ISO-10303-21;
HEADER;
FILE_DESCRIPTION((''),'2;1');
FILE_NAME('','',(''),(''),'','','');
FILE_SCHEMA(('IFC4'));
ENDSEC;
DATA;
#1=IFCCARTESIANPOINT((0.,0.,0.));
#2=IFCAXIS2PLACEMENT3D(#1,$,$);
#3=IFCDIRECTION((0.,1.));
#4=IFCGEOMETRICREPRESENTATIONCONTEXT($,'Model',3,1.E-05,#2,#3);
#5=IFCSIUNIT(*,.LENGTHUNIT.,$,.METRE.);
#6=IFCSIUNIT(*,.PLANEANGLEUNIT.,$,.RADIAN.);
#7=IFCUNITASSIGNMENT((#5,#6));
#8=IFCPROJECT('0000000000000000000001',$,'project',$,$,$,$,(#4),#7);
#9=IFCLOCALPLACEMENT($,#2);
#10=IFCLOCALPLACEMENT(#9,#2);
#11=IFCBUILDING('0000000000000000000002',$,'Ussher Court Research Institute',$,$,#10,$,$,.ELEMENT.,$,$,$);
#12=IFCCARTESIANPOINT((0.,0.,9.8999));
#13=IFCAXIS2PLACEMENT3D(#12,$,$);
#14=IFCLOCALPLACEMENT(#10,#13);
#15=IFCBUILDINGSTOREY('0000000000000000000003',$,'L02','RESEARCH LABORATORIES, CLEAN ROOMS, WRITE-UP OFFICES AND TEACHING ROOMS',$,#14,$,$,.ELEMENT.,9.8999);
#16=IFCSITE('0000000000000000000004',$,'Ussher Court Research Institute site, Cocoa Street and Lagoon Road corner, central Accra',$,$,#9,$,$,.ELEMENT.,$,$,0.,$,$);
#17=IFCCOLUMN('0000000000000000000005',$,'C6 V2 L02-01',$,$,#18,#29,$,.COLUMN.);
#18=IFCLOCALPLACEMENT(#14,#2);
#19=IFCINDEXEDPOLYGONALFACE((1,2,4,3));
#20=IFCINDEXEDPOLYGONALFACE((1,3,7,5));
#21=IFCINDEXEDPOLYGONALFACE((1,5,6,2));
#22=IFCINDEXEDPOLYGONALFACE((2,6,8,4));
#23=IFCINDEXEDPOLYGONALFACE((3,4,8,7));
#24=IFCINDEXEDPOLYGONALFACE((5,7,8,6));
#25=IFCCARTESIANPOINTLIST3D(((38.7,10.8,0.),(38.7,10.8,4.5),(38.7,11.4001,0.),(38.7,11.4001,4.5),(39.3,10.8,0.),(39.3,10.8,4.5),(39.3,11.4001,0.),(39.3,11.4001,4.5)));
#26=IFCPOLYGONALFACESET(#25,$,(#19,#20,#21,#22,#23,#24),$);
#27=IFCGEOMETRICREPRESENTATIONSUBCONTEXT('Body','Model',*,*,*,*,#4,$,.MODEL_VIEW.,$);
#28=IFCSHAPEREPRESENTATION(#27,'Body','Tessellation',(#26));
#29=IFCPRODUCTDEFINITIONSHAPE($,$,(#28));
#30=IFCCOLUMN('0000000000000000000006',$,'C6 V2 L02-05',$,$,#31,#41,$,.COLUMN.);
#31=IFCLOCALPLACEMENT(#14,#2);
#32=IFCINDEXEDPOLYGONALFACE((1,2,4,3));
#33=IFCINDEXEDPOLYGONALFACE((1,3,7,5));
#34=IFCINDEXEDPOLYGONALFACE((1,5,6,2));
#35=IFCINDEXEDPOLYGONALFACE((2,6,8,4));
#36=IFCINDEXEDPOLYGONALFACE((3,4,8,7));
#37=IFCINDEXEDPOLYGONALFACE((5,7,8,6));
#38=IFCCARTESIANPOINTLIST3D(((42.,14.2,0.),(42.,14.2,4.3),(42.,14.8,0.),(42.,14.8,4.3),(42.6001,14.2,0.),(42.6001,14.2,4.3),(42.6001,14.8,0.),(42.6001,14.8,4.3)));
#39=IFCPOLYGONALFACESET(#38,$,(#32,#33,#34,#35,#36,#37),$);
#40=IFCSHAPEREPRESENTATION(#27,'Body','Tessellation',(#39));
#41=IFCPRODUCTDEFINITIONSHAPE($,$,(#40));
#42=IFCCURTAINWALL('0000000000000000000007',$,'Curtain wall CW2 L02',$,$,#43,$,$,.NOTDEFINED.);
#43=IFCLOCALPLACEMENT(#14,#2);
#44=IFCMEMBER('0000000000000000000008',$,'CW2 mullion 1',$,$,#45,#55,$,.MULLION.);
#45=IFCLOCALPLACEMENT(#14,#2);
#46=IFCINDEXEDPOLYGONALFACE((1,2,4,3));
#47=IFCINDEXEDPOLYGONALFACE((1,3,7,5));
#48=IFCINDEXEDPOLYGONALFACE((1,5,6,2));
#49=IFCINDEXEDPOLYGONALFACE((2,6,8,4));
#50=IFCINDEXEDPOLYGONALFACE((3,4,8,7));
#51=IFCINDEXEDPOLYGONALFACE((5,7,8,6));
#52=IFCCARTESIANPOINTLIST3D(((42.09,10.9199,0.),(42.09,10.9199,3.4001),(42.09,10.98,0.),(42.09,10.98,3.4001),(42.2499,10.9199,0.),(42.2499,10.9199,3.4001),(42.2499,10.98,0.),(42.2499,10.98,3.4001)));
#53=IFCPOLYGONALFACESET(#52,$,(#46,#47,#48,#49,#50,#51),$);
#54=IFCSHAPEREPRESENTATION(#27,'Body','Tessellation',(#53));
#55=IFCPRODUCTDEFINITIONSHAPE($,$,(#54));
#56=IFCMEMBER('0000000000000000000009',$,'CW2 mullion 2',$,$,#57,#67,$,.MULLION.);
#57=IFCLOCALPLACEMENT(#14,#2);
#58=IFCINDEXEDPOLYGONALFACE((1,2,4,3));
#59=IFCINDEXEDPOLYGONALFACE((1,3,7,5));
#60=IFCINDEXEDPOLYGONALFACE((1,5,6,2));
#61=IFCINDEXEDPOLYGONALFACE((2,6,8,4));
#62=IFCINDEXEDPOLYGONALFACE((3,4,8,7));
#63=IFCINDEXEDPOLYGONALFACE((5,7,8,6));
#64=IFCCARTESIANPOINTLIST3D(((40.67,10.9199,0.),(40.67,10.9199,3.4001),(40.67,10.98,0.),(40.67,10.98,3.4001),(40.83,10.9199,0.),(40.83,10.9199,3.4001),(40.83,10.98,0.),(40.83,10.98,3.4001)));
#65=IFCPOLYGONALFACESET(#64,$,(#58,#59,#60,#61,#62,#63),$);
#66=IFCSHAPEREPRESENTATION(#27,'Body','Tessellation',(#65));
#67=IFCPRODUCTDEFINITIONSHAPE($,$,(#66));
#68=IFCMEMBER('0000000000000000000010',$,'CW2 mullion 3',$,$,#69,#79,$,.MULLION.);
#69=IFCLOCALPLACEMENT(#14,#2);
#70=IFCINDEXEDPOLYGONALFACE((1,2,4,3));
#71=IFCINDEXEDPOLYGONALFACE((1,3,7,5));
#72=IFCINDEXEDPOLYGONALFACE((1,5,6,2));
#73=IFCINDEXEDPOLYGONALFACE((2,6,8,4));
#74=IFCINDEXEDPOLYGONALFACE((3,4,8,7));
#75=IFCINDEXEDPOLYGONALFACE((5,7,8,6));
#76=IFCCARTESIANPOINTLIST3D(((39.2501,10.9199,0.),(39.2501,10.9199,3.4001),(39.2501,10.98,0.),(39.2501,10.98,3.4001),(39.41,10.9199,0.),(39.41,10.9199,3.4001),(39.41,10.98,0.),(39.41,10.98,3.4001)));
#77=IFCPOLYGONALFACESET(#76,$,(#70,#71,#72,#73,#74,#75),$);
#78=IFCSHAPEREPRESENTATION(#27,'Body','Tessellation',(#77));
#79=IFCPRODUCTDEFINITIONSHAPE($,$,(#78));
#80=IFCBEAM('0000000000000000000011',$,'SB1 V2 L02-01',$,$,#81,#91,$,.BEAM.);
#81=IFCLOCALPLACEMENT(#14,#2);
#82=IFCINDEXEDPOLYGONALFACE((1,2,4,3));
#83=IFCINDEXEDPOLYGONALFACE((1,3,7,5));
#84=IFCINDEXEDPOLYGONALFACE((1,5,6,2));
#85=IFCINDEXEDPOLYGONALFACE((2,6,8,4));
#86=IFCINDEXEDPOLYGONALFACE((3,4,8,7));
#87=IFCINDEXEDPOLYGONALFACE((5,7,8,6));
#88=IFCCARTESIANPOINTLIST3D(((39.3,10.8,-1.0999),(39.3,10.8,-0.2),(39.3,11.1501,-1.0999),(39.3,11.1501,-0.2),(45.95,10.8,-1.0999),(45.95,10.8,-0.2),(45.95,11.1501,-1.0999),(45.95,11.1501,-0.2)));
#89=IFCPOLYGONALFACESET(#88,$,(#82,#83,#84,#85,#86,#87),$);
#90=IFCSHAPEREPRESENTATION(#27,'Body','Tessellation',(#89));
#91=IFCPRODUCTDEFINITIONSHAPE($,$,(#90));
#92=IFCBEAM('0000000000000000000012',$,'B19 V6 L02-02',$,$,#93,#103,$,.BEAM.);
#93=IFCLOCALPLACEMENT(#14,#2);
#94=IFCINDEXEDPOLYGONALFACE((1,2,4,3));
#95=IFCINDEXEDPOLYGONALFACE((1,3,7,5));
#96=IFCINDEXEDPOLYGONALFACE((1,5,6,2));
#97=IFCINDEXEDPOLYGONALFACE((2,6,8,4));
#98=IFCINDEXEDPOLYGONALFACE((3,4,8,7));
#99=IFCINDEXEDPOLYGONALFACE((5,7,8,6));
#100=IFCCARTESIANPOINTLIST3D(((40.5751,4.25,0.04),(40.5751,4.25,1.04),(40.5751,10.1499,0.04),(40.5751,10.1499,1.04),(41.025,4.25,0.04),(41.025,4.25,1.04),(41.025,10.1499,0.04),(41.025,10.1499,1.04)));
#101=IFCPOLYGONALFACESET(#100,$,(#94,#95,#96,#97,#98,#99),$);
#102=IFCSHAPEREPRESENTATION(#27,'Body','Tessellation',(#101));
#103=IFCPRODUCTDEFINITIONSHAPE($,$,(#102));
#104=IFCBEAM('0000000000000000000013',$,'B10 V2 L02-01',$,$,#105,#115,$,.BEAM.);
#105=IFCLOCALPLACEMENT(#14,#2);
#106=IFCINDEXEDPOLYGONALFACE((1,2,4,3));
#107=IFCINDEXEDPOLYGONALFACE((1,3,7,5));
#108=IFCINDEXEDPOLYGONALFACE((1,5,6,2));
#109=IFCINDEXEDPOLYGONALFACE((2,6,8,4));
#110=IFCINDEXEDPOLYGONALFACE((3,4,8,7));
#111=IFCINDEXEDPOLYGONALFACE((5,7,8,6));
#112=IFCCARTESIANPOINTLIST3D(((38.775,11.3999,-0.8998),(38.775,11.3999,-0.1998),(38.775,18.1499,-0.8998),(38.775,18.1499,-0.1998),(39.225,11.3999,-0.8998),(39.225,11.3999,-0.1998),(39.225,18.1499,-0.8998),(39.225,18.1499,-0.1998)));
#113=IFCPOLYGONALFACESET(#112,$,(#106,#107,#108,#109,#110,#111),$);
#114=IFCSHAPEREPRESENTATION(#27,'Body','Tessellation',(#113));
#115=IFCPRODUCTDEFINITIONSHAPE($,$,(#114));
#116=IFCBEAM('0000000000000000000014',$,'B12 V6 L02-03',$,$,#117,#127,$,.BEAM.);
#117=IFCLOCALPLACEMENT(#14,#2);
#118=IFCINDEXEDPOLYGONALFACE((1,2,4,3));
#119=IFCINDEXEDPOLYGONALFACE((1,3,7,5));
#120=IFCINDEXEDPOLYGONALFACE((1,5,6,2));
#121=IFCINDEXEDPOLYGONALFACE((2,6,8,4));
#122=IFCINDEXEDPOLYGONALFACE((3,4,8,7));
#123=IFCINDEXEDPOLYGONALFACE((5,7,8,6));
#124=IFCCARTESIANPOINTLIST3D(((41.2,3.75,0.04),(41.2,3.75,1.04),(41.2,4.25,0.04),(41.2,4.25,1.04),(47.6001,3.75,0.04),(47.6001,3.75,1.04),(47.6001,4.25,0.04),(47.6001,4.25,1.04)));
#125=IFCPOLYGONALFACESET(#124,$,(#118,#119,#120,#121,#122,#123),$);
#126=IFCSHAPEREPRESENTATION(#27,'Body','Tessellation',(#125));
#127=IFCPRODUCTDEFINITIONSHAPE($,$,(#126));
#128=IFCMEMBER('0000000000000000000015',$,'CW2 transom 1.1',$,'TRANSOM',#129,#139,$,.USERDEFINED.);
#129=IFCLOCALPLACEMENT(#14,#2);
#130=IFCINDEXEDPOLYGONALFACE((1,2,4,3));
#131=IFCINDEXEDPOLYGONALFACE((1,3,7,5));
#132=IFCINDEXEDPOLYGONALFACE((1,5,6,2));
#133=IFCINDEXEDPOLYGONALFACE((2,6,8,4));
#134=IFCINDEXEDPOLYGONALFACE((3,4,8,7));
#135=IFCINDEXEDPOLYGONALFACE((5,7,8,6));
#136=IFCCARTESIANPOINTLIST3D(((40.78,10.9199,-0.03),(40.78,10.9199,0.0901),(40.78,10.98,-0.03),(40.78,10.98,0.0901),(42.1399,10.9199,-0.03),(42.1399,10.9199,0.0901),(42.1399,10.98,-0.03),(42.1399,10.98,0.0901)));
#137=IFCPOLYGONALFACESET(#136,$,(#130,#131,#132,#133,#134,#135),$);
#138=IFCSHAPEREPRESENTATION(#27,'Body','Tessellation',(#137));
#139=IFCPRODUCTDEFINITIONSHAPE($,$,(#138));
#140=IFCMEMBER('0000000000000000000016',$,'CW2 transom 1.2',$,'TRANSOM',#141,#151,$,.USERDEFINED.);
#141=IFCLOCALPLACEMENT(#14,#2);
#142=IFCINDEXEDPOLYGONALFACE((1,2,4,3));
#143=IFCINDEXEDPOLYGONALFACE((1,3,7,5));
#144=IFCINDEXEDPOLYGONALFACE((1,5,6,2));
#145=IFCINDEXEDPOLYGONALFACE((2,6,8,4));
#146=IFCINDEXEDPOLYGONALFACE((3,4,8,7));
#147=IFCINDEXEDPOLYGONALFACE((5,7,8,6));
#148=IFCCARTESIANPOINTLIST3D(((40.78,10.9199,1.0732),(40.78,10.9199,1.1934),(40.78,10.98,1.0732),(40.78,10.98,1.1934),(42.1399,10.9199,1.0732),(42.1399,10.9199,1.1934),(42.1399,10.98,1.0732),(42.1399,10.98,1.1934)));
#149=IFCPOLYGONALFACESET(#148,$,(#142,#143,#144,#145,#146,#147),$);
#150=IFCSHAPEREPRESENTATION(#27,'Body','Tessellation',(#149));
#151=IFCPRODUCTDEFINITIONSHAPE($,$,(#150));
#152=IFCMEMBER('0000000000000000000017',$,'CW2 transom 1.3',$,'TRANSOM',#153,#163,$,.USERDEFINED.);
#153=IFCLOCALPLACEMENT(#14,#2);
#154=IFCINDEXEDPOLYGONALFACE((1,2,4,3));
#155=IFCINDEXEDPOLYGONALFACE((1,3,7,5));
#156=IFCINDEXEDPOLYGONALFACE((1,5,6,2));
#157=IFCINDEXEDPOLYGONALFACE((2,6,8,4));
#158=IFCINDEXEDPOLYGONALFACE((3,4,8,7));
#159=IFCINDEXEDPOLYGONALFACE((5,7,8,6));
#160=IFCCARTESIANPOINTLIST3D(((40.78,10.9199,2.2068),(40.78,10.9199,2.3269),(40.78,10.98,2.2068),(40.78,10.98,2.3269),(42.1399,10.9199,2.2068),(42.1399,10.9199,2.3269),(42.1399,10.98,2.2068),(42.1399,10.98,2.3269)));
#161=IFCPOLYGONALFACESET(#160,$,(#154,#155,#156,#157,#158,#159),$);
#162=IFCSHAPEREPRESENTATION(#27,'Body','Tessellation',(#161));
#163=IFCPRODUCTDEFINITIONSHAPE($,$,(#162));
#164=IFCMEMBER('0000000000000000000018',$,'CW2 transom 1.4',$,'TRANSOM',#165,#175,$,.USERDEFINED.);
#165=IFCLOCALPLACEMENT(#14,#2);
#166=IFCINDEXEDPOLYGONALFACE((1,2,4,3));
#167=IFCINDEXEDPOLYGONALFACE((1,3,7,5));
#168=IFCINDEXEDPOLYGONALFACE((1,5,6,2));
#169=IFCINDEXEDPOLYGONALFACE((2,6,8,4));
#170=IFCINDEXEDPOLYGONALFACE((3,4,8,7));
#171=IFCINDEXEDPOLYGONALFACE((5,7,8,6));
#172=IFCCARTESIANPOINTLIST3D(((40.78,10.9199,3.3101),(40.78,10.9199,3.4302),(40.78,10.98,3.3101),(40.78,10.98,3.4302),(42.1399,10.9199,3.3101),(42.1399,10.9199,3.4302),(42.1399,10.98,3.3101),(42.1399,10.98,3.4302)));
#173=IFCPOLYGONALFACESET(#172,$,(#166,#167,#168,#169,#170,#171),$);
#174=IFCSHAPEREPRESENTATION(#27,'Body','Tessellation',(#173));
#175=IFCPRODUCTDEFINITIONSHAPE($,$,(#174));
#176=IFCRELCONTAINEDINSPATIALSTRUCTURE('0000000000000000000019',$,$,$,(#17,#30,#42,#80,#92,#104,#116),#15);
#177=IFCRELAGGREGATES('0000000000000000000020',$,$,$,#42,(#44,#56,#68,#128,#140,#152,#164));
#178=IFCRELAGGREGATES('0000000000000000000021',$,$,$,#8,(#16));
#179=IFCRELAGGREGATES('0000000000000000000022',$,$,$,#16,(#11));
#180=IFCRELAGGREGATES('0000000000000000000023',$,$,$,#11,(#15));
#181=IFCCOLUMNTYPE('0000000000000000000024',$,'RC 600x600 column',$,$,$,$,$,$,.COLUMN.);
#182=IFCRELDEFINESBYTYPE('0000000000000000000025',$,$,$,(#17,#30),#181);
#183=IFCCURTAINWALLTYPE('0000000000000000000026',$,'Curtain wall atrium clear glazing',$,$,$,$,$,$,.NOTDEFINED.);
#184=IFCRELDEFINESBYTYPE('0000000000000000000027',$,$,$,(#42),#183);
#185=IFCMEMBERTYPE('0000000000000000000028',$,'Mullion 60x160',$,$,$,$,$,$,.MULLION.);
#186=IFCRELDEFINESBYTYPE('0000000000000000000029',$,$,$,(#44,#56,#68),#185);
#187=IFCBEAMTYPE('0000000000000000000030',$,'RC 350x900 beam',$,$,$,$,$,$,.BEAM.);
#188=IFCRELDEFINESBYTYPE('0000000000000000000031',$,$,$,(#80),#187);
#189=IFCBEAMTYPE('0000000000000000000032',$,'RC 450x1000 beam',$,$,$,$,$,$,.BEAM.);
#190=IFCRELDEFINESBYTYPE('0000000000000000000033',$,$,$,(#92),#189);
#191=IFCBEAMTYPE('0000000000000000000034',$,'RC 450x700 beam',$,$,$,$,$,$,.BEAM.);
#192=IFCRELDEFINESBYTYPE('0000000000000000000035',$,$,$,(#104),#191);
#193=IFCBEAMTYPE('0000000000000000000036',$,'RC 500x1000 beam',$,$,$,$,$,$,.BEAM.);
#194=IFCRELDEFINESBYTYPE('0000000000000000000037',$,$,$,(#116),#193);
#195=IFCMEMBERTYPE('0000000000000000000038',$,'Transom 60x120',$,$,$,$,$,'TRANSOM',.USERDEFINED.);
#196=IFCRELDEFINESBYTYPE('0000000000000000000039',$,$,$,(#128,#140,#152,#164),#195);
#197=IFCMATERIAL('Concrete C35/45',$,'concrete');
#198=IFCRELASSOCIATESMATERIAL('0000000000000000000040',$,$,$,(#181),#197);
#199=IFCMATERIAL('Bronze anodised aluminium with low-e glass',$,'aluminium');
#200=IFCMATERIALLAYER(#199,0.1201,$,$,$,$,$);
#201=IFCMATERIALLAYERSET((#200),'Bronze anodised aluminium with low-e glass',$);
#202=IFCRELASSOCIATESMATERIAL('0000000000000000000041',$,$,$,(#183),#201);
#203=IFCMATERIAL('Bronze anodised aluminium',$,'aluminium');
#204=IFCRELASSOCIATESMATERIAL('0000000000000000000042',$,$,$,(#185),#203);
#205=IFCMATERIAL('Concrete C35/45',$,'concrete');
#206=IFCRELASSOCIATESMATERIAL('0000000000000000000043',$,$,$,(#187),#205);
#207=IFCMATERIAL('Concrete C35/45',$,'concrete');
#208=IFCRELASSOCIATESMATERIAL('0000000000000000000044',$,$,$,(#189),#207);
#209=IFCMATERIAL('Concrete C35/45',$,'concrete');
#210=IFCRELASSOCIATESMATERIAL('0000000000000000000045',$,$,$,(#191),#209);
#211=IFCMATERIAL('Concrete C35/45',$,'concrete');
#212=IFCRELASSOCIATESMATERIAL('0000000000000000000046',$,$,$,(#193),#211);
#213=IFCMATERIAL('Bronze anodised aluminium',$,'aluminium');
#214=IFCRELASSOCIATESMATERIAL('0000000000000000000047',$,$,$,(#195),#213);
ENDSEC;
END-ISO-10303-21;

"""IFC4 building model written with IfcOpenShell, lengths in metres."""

from ifc_helpers import new_model, si_unit, direction, frame, origin, origin_2d, place, context, subcontext, project, spatial, rectangle, extrude, material, layer, layer_set, material_profile, profile_set, type_object, element, aggregate, save


model = new_model("IFC4")

# Units and contexts
model_context = context("Model", 3, precision=1e-05, world=origin(), true_north=direction((0.0, 1.0)))
body_context = subcontext(model_context, "Body", "Model", "MODEL_VIEW")
ifc_project = project(units=[si_unit("LENGTHUNIT", "METRE"), si_unit("PLANEANGLEUNIT", "RADIAN")], contexts=[model_context])

# Site, building, storey
site_placement = place(None, origin())
site = spatial("IfcSite", under=ifc_project, at=site_placement, Name="Ussher Court Research Institute site, Cocoa Street and Lagoon Road corner, central Accra", CompositionType="ELEMENT", RefElevation=0.0)
building_placement = place(site_placement, origin())
building = spatial("IfcBuilding", under=site, at=building_placement, Name="Ussher Court Research Institute", CompositionType="ELEMENT")
storey_placement = place(building_placement, frame((0.0, 0.0, 9.8999)))
storey = spatial("IfcBuildingStorey", under=building, at=storey_placement, Name="L02", Description="RESEARCH LABORATORIES, CLEAN ROOMS, WRITE-UP OFFICES AND TEACHING ROOMS", CompositionType="ELEMENT", Elevation=9.8999)

# Columns
ifc_material_1 = material(Name="Concrete C35/45", Category="concrete")
ifc_material_profile_1 = material_profile(ifc_material_1, rectangle(XDim=0.6001, YDim=0.6001, at=origin_2d()), Name="RC 600x600")
ifc_profile_set_1 = profile_set([ifc_material_profile_1], Name="Concrete C35/45")
column_type = type_object("IfcColumnType", Name="RC 600x600 column", PredefinedType="COLUMN", material=ifc_profile_set_1)
column_1_placement = place(storey_placement, frame((39.0, 11.1001, 0.0), z_axis=(0.0, 0.0, 1.0), x_axis=(1.0, 0.0, 0.0)))
element("IfcColumn", 1, at=column_1_placement, inside=storey, type_object=column_type, Name="C6 V2 L02-01", PredefinedType="COLUMN", context=body_context, shape_type="SweptSolid", body=[
    extrude(rectangle(XDim=0.6001, YDim=0.6001, at=origin_2d()), origin(), (0.0, 0.0, 1.0), 4.5),
])
column_2_placement = place(storey_placement, frame((42.3, 14.5, 0.0), z_axis=(0.0, 0.0, 1.0), x_axis=(1.0, 0.0, 0.0)))
element("IfcColumn", 2, at=column_2_placement, inside=storey, type_object=column_type, Name="C6 V2 L02-05", PredefinedType="COLUMN", context=body_context, shape_type="SweptSolid", body=[
    extrude(rectangle(XDim=0.6001, YDim=0.6001, at=origin_2d()), origin(), (0.0, 0.0, 1.0), 4.3),
])

# Curtain wall, members
ifc_material_2 = material(Name="Bronze anodised aluminium with low-e glass", Category="aluminium")
ifc_layer_1 = layer(ifc_material_2, 0.1201)
ifc_layer_set_1 = layer_set([ifc_layer_1], Name="Bronze anodised aluminium with low-e glass")
curtain_wall_type = type_object("IfcCurtainWallType", Name="Curtain wall atrium clear glazing", PredefinedType="NOTDEFINED", material=ifc_layer_set_1)
curtain_wall_placement = place(storey_placement, origin())
curtain_wall = element("IfcCurtainWall", 3, at=curtain_wall_placement, inside=storey, type_object=curtain_wall_type, Name="Curtain wall CW2 L02", PredefinedType="NOTDEFINED")
ifc_material_3 = material(Name="Bronze anodised aluminium", Category="aluminium")
ifc_material_profile_2 = material_profile(ifc_material_3, rectangle(XDim=0.0601, YDim=0.1599, at=origin_2d()), Name="Mullion 60x160")
ifc_profile_set_2 = profile_set([ifc_material_profile_2], Name="Bronze anodised aluminium")
member_type_1 = type_object("IfcMemberType", Name="Mullion 60x160", PredefinedType="MULLION", material=ifc_profile_set_2)
member_1_placement = place(storey_placement, frame((42.1699, 10.95, 0.0), z_axis=(0.0, 0.0, 1.0), x_axis=(0.0, -1.0, 0.0)))
member_1 = element("IfcMember", 4, at=member_1_placement, type_object=member_type_1, Name="CW2 mullion 1", PredefinedType="MULLION", context=body_context, shape_type="SweptSolid", body=[
    extrude(rectangle(XDim=0.0601, YDim=0.1599, at=origin_2d()), origin(), (0.0, 0.0, 1.0), 3.4001),
])
member_2_placement = place(storey_placement, frame((40.75, 10.95, 0.0), z_axis=(0.0, 0.0, 1.0), x_axis=(0.0, -1.0, 0.0)))
member_2 = element("IfcMember", 5, at=member_2_placement, type_object=member_type_1, Name="CW2 mullion 2", PredefinedType="MULLION", context=body_context, shape_type="SweptSolid", body=[
    extrude(rectangle(XDim=0.0601, YDim=0.1599, at=origin_2d()), origin(), (0.0, 0.0, 1.0), 3.4001),
])
member_3_placement = place(storey_placement, frame((39.3301, 10.95, 0.0), z_axis=(0.0, 0.0, 1.0), x_axis=(0.0, -1.0, 0.0)))
member_3 = element("IfcMember", 6, at=member_3_placement, type_object=member_type_1, Name="CW2 mullion 3", PredefinedType="MULLION", context=body_context, shape_type="SweptSolid", body=[
    extrude(rectangle(XDim=0.0601, YDim=0.1599, at=origin_2d()), origin(), (0.0, 0.0, 1.0), 3.4001),
])

# Beams
ifc_material_4 = material(Name="Concrete C35/45", Category="concrete")
ifc_material_profile_3 = material_profile(ifc_material_4, rectangle(XDim=0.3501, YDim=0.8999, at=origin_2d()), Name="RC 350x900")
ifc_profile_set_3 = profile_set([ifc_material_profile_3], Name="Concrete C35/45")
beam_type_1 = type_object("IfcBeamType", Name="RC 350x900 beam", PredefinedType="BEAM", material=ifc_profile_set_3)
beam_1_placement = place(storey_placement, frame((39.3, 10.9751, -0.6499), z_axis=(1.0, 0.0, 0.0), x_axis=(0.0, 1.0, 0.0)))
element("IfcBeam", 7, at=beam_1_placement, inside=storey, type_object=beam_type_1, Name="SB1 V2 L02-01", PredefinedType="BEAM", context=body_context, shape_type="SweptSolid", body=[
    extrude(rectangle(XDim=0.3501, YDim=0.8999, at=origin_2d()), origin(), (0.0, 0.0, 1.0), 6.6499),
])
ifc_material_5 = material(Name="Concrete C35/45", Category="concrete")
ifc_material_profile_4 = material_profile(ifc_material_5, rectangle(XDim=0.45, YDim=1.0, at=origin_2d()), Name="RC 450x1000")
ifc_profile_set_4 = profile_set([ifc_material_profile_4], Name="Concrete C35/45")
beam_type_2 = type_object("IfcBeamType", Name="RC 450x1000 beam", PredefinedType="BEAM", material=ifc_profile_set_4)
beam_2_placement = place(storey_placement, frame((40.8, 4.25, 0.54), z_axis=(0.0, 1.0, 0.0), x_axis=(-1.0, 0.0, 0.0)))
element("IfcBeam", 8, at=beam_2_placement, inside=storey, type_object=beam_type_2, Name="B19 V6 L02-02", PredefinedType="BEAM", context=body_context, shape_type="SweptSolid", body=[
    extrude(rectangle(XDim=0.45, YDim=1.0, at=origin_2d()), origin(), (0.0, 0.0, 1.0), 5.8999),
])
ifc_material_6 = material(Name="Concrete C35/45", Category="concrete")
ifc_material_profile_5 = material_profile(ifc_material_6, rectangle(XDim=0.45, YDim=0.7, at=origin_2d()), Name="RC 450x700")
ifc_profile_set_5 = profile_set([ifc_material_profile_5], Name="Concrete C35/45")
beam_type_3 = type_object("IfcBeamType", Name="RC 450x700 beam", PredefinedType="BEAM", material=ifc_profile_set_5)
beam_3_placement = place(storey_placement, frame((39.0, 11.3999, -0.5498), z_axis=(0.0, 1.0, 0.0), x_axis=(-1.0, 0.0, 0.0)))
element("IfcBeam", 9, at=beam_3_placement, inside=storey, type_object=beam_type_3, Name="B10 V2 L02-01", PredefinedType="BEAM", context=body_context, shape_type="SweptSolid", body=[
    extrude(rectangle(XDim=0.45, YDim=0.7, at=origin_2d()), origin(), (0.0, 0.0, 1.0), 6.75),
])
ifc_material_7 = material(Name="Concrete C35/45", Category="concrete")
ifc_material_profile_6 = material_profile(ifc_material_7, rectangle(XDim=0.5, YDim=1.0, at=origin_2d()), Name="RC 500x1000")
ifc_profile_set_6 = profile_set([ifc_material_profile_6], Name="Concrete C35/45")
beam_type_4 = type_object("IfcBeamType", Name="RC 500x1000 beam", PredefinedType="BEAM", material=ifc_profile_set_6)
beam_4_placement = place(storey_placement, frame((41.2, 4.0, 0.54), z_axis=(1.0, 0.0, 0.0), x_axis=(0.0, 1.0, 0.0)))
element("IfcBeam", 10, at=beam_4_placement, inside=storey, type_object=beam_type_4, Name="B12 V6 L02-03", PredefinedType="BEAM", context=body_context, shape_type="SweptSolid", body=[
    extrude(rectangle(XDim=0.5, YDim=1.0, at=origin_2d()), origin(), (0.0, 0.0, 1.0), 6.4001),
])

# Members
ifc_material_8 = material(Name="Bronze anodised aluminium", Category="aluminium")
ifc_material_profile_7 = material_profile(ifc_material_8, rectangle(XDim=0.0601, YDim=0.1201, at=origin_2d()), Name="Transom 60x120")
ifc_profile_set_7 = profile_set([ifc_material_profile_7], Name="Bronze anodised aluminium")
member_type_2 = type_object("IfcMemberType", Name="Transom 60x120", ElementType="TRANSOM", PredefinedType="USERDEFINED", material=ifc_profile_set_7)
member_4_placement = place(storey_placement, frame((42.1399, 10.95, 0.03), z_axis=(-1.0, 0.0, 0.0), x_axis=(0.0, -1.0, 0.0)))
member_4 = element("IfcMember", 11, at=member_4_placement, type_object=member_type_2, Name="CW2 transom 1.1", ObjectType="TRANSOM", PredefinedType="USERDEFINED", context=body_context, shape_type="SweptSolid", body=[
    extrude(rectangle(XDim=0.0601, YDim=0.1201, at=origin_2d()), origin(), (0.0, 0.0, 1.0), 1.3599),
])
member_5_placement = place(storey_placement, frame((42.1399, 10.95, 1.1333), z_axis=(-1.0, 0.0, 0.0), x_axis=(0.0, -1.0, 0.0)))
member_5 = element("IfcMember", 12, at=member_5_placement, type_object=member_type_2, Name="CW2 transom 1.2", ObjectType="TRANSOM", PredefinedType="USERDEFINED", context=body_context, shape_type="SweptSolid", body=[
    extrude(rectangle(XDim=0.0601, YDim=0.1201, at=origin_2d()), origin(), (0.0, 0.0, 1.0), 1.3599),
])
member_6_placement = place(storey_placement, frame((42.1399, 10.95, 2.2668), z_axis=(-1.0, 0.0, 0.0), x_axis=(0.0, -1.0, 0.0)))
member_6 = element("IfcMember", 13, at=member_6_placement, type_object=member_type_2, Name="CW2 transom 1.3", ObjectType="TRANSOM", PredefinedType="USERDEFINED", context=body_context, shape_type="SweptSolid", body=[
    extrude(rectangle(XDim=0.0601, YDim=0.1201, at=origin_2d()), origin(), (0.0, 0.0, 1.0), 1.3599),
])
member_7_placement = place(storey_placement, frame((42.1399, 10.95, 3.3701), z_axis=(-1.0, 0.0, 0.0), x_axis=(0.0, -1.0, 0.0)))
member_7 = element("IfcMember", 14, at=member_7_placement, type_object=member_type_2, Name="CW2 transom 1.4", ObjectType="TRANSOM", PredefinedType="USERDEFINED", context=body_context, shape_type="SweptSolid", body=[
    extrude(rectangle(XDim=0.0601, YDim=0.1201, at=origin_2d()), origin(), (0.0, 0.0, 1.0), 1.3599),
])

aggregate(curtain_wall, [member_1, member_2, member_3, member_4, member_5, member_6, member_7])

save(model, "model.ifc")
